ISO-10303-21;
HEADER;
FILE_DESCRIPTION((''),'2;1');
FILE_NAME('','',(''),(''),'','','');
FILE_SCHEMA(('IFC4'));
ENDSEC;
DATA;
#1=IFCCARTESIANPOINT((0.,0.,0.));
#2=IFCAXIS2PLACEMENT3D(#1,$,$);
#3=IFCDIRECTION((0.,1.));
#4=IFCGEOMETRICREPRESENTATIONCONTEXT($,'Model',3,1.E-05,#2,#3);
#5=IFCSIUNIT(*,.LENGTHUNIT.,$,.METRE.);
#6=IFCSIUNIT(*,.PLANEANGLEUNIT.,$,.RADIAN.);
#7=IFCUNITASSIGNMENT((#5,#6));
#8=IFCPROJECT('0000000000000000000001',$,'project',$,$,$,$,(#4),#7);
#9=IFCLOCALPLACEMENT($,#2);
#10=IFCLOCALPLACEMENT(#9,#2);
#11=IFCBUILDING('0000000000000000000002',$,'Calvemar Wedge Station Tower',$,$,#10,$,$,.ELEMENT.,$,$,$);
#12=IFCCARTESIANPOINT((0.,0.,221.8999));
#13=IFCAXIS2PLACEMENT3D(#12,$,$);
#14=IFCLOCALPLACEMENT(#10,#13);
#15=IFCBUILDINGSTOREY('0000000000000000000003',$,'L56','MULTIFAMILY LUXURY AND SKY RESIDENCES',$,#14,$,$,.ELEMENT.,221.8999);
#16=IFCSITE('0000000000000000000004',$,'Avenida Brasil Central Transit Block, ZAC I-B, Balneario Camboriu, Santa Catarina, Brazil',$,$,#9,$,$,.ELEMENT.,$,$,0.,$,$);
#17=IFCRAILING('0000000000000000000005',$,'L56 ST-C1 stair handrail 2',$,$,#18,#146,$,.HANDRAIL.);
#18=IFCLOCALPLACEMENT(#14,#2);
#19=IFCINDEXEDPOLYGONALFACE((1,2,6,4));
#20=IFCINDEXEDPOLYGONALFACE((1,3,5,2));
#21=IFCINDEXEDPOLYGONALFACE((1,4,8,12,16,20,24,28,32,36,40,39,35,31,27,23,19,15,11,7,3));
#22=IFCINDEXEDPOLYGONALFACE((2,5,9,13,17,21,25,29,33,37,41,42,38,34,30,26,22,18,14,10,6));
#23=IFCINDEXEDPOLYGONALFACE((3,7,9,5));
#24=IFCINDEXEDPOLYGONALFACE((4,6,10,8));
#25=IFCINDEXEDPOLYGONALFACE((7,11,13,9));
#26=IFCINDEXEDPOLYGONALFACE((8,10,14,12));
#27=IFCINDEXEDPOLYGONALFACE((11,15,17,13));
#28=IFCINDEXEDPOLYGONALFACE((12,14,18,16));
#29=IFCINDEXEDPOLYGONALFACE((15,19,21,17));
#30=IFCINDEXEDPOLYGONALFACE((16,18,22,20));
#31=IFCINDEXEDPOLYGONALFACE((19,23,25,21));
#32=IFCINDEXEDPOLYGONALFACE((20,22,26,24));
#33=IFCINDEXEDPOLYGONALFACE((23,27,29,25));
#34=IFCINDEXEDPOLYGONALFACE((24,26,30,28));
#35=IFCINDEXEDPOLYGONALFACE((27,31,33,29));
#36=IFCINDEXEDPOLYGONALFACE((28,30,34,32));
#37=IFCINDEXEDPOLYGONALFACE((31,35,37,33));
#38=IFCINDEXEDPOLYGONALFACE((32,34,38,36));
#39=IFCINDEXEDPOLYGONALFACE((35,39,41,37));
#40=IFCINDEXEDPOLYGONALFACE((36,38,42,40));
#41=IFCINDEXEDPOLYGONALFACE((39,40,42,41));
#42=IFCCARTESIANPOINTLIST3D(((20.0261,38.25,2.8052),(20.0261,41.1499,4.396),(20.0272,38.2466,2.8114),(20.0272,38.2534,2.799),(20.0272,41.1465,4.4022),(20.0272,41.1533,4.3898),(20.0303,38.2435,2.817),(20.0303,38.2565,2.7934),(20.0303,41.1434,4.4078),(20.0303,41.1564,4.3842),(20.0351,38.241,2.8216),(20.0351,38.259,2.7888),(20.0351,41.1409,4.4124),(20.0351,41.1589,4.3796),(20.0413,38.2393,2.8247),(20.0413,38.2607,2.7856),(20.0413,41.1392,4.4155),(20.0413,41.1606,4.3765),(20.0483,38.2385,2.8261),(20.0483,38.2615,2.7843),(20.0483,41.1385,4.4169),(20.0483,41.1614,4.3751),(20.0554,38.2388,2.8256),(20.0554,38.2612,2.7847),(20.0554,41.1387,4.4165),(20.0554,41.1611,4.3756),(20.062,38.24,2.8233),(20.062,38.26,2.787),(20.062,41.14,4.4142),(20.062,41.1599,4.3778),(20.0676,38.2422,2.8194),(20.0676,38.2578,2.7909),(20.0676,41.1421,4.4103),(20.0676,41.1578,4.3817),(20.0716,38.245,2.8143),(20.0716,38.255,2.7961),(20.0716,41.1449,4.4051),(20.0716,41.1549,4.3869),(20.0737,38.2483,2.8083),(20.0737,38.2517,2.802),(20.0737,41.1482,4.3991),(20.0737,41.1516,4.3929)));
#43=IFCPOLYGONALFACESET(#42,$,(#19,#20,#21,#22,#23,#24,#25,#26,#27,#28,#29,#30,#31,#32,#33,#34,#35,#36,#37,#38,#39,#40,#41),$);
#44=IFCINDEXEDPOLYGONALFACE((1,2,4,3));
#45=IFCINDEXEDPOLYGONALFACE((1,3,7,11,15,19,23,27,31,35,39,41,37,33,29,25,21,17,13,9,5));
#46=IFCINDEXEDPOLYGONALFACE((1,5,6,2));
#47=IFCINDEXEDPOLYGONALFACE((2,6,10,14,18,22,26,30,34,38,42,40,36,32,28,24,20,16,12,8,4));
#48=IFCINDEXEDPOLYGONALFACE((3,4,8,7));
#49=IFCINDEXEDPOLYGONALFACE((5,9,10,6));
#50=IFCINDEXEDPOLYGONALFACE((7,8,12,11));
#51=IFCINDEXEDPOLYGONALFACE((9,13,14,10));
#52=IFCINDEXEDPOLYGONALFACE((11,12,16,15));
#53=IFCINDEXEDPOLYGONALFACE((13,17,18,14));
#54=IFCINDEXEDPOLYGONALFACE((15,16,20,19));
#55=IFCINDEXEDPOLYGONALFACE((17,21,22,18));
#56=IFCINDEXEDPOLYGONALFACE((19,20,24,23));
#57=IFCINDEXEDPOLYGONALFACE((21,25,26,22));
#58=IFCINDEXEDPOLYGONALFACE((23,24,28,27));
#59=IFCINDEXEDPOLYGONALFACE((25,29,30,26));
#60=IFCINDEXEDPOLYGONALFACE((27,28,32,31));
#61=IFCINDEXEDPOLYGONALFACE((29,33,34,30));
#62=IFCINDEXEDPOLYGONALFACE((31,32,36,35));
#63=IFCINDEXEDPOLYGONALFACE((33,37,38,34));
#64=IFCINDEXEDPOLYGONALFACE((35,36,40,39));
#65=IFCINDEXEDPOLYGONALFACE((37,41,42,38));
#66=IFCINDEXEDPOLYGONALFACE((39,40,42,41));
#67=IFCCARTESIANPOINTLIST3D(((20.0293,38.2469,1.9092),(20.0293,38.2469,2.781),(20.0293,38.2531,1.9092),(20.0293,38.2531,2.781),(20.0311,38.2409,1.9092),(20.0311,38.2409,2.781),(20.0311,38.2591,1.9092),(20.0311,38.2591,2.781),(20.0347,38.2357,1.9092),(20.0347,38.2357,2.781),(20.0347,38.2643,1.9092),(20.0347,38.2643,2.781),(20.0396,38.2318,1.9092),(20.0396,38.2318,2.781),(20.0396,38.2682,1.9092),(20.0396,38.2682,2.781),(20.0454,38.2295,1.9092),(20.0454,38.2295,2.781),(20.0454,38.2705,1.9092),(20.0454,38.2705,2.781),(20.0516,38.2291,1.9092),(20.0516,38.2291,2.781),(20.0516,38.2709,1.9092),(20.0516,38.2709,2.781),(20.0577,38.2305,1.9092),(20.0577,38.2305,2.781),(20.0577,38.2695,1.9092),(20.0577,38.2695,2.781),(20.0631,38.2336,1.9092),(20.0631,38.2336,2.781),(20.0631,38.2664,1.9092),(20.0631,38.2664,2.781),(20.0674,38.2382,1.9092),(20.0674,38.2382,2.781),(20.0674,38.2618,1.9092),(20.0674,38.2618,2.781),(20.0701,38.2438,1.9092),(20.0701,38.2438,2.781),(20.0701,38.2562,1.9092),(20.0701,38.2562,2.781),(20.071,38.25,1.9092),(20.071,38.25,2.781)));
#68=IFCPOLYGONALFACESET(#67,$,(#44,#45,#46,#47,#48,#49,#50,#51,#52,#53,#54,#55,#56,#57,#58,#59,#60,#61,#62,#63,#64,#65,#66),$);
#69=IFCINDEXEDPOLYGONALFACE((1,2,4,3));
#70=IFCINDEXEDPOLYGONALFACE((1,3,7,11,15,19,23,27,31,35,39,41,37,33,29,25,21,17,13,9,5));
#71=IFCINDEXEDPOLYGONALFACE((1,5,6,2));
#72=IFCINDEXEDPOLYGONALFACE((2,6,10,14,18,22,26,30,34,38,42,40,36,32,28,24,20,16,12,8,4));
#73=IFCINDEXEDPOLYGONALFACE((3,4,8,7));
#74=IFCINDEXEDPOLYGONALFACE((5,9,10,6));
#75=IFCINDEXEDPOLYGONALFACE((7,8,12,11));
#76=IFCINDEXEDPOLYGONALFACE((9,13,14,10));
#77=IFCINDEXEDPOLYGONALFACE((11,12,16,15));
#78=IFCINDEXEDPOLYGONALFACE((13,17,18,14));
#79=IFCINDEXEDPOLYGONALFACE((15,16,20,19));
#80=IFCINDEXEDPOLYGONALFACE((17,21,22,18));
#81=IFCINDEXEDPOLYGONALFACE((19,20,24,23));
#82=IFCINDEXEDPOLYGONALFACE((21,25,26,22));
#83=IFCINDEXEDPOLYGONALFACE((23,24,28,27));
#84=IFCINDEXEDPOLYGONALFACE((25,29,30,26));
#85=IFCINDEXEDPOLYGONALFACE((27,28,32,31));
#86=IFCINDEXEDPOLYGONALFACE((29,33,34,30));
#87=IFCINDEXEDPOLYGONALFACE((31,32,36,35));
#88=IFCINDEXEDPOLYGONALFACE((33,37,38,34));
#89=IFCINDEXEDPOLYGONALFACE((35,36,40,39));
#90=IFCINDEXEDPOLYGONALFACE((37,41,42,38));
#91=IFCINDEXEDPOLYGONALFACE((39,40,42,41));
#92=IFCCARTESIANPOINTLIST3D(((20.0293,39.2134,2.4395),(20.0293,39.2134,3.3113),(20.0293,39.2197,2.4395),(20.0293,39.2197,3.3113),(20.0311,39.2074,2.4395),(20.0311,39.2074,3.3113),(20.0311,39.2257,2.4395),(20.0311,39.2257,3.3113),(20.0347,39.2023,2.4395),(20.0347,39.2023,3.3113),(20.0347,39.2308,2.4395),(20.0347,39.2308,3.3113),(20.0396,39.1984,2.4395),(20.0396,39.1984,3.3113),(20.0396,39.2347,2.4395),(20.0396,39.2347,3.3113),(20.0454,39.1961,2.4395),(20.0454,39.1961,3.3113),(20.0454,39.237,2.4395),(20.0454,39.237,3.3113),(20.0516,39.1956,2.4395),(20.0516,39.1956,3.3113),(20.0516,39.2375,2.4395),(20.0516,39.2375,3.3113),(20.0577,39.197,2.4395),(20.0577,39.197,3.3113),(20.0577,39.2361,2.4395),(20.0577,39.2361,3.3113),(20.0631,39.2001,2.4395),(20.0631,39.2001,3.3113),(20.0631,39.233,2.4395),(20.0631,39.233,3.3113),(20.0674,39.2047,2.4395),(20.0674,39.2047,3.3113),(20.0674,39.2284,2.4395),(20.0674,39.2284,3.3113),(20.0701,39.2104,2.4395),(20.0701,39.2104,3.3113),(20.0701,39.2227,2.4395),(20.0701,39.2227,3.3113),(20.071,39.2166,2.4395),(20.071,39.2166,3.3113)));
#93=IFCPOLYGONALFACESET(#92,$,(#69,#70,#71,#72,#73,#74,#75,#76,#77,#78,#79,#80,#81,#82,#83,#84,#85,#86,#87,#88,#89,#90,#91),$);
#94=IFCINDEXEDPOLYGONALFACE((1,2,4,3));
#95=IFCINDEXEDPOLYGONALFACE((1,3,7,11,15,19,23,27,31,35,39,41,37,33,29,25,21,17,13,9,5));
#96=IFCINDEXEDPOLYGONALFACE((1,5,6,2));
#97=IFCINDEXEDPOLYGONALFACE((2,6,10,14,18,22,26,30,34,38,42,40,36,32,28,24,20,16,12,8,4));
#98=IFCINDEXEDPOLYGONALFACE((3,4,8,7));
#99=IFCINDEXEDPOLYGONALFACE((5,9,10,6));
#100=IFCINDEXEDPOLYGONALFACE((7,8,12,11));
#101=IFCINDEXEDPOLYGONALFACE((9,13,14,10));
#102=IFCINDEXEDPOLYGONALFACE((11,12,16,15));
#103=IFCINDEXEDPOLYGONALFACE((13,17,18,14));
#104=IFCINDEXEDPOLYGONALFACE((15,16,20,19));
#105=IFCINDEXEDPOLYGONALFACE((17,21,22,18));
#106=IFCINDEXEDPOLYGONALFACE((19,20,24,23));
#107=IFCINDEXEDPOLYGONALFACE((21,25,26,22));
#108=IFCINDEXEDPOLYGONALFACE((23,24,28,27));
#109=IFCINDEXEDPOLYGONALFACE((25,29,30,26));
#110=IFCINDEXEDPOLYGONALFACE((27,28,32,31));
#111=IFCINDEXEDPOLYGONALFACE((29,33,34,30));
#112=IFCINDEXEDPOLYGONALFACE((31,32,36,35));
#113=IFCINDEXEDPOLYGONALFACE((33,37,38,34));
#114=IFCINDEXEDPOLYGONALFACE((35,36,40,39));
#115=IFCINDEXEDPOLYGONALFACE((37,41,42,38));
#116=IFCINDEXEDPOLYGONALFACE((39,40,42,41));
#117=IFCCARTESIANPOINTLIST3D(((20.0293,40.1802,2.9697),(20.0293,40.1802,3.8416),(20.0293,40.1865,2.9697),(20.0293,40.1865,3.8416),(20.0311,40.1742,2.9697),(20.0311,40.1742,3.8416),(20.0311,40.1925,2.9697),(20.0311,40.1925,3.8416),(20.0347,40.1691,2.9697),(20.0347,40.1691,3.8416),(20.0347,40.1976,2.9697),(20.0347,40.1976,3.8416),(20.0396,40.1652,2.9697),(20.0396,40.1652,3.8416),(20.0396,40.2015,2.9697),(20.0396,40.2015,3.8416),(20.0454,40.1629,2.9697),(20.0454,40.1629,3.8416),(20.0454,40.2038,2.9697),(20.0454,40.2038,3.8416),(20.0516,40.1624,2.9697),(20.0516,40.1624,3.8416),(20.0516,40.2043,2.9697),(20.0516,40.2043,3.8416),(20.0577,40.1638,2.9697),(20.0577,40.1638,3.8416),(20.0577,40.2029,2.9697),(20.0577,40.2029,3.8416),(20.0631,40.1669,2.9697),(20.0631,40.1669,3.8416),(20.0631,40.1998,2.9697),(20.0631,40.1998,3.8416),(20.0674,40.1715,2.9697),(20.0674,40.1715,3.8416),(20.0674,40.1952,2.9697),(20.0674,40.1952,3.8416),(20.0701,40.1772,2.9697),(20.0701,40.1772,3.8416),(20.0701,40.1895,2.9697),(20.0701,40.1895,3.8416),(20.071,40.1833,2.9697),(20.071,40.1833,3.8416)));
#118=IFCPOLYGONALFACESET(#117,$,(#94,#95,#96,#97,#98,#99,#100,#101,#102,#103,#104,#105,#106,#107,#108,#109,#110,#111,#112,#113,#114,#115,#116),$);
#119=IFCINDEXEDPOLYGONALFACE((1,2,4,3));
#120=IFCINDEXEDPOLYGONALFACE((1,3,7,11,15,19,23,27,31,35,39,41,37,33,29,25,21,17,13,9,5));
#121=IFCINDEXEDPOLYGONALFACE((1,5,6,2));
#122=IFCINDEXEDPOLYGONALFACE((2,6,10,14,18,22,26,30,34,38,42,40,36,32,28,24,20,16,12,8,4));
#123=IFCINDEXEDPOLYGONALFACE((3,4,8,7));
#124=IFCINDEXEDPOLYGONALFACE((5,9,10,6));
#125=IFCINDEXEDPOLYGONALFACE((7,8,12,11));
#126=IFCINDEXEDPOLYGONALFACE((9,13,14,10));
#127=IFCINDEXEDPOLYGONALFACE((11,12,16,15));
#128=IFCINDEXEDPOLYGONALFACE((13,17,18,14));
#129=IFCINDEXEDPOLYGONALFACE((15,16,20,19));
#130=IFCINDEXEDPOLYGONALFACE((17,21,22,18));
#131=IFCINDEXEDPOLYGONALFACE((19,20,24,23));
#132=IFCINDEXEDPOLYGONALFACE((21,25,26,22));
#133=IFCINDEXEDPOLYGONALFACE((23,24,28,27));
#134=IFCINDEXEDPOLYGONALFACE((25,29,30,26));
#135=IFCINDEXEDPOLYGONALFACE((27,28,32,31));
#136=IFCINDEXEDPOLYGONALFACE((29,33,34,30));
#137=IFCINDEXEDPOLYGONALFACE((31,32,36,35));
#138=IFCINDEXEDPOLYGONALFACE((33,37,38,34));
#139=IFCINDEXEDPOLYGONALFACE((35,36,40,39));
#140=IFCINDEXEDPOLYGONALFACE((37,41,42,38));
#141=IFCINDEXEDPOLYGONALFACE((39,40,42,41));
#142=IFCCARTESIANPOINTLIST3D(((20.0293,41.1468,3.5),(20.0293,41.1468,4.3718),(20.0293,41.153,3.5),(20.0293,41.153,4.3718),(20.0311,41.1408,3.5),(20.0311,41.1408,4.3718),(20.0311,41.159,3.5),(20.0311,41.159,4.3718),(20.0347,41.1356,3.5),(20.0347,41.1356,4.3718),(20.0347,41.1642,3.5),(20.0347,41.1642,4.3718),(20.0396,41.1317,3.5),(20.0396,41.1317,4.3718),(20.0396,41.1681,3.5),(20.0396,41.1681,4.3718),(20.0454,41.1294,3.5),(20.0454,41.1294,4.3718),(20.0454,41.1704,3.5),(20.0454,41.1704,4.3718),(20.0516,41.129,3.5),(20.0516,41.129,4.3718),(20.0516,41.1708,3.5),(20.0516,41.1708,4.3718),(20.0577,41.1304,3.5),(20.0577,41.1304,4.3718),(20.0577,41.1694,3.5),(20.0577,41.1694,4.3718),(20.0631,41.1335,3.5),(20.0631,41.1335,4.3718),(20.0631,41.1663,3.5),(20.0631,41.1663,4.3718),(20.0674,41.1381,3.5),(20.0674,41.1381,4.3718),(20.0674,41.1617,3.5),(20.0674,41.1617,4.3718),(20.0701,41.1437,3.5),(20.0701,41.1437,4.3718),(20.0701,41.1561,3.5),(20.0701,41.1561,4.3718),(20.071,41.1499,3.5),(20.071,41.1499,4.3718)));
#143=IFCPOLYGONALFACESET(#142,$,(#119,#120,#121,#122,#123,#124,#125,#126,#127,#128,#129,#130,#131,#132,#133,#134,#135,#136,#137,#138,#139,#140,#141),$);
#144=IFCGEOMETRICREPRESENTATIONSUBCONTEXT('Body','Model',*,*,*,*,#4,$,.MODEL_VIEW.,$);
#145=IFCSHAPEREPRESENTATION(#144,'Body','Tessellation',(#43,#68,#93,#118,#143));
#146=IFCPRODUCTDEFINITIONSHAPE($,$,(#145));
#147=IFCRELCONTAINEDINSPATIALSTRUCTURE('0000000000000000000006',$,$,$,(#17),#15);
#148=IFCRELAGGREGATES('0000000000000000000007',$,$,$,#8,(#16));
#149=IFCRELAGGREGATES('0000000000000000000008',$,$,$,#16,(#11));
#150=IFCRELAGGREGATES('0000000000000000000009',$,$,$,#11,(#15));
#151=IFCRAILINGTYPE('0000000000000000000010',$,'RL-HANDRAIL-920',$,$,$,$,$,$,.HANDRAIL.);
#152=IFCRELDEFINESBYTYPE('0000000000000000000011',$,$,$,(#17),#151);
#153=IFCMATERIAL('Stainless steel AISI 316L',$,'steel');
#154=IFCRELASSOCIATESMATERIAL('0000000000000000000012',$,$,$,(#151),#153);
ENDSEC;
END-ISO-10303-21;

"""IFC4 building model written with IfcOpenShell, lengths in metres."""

from ifc_helpers import new_model, si_unit, direction, frame, origin, origin_2d, place, context, subcontext, project, spatial, circle, extrude, material, type_object, element, save


model = new_model("IFC4")

# Units and contexts
model_context = context("Model", 3, precision=1e-05, world=origin(), true_north=direction((0.0, 1.0)))
body_context = subcontext(model_context, "Body", "Model", "MODEL_VIEW")
ifc_project = project(units=[si_unit("LENGTHUNIT", "METRE"), si_unit("PLANEANGLEUNIT", "RADIAN")], contexts=[model_context])

# Site, building, storey
site_placement = place(None, origin())
site = spatial("IfcSite", under=ifc_project, at=site_placement, Name="Avenida Brasil Central Transit Block, ZAC I-B, Balneario Camboriu, Santa Catarina, Brazil", CompositionType="ELEMENT", RefElevation=0.0)
building_placement = place(site_placement, origin())
building = spatial("IfcBuilding", under=site, at=building_placement, Name="Calvemar Wedge Station Tower", CompositionType="ELEMENT")
storey_placement = place(building_placement, frame((0.0, 0.0, 221.8999)))
storey = spatial("IfcBuildingStorey", under=building, at=storey_placement, Name="L56", Description="MULTIFAMILY LUXURY AND SKY RESIDENCES", CompositionType="ELEMENT", Elevation=221.8999)

# Railing
ifc_material_1 = material(Name="Stainless steel AISI 316L", Category="steel")
railing_type_1 = type_object("IfcRailingType", Name="RL-HANDRAIL-920", PredefinedType="HANDRAIL", material=ifc_material_1)
railing_1_placement = place(storey_placement, frame((20.05, 38.25, 1.9092)))
element("IfcRailing", 1, at=railing_1_placement, inside=storey, type_object=railing_type_1, Name="L56 ST-C1 stair handrail 2", PredefinedType="HANDRAIL", context=body_context, shape_type="SweptSolid", body=[
    extrude(circle(Radius=0.0239, at=origin_2d()), frame((0.0, 0.0, 0.896), z_axis=(0.0, 0.876742, 0.480961), x_axis=(-1.0, 0.0, 0.0)), (0.0, 0.0, 1.0), 3.3076),
    extrude(circle(Radius=0.021, at=origin_2d()), origin(), (0.0, 0.0, 1.0), 0.8718),
    extrude(circle(Radius=0.021, at=origin_2d()), frame((0.0, 0.9666, 0.5303)), (0.0, 0.0, 1.0), 0.8718),
    extrude(circle(Radius=0.021, at=origin_2d()), frame((0.0, 1.9333, 1.0605)), (0.0, 0.0, 1.0), 0.8718),
    extrude(circle(Radius=0.021, at=origin_2d()), frame((0.0, 2.8999, 1.5908)), (0.0, 0.0, 1.0), 0.8718),
])

save(model, "model.ifc")
